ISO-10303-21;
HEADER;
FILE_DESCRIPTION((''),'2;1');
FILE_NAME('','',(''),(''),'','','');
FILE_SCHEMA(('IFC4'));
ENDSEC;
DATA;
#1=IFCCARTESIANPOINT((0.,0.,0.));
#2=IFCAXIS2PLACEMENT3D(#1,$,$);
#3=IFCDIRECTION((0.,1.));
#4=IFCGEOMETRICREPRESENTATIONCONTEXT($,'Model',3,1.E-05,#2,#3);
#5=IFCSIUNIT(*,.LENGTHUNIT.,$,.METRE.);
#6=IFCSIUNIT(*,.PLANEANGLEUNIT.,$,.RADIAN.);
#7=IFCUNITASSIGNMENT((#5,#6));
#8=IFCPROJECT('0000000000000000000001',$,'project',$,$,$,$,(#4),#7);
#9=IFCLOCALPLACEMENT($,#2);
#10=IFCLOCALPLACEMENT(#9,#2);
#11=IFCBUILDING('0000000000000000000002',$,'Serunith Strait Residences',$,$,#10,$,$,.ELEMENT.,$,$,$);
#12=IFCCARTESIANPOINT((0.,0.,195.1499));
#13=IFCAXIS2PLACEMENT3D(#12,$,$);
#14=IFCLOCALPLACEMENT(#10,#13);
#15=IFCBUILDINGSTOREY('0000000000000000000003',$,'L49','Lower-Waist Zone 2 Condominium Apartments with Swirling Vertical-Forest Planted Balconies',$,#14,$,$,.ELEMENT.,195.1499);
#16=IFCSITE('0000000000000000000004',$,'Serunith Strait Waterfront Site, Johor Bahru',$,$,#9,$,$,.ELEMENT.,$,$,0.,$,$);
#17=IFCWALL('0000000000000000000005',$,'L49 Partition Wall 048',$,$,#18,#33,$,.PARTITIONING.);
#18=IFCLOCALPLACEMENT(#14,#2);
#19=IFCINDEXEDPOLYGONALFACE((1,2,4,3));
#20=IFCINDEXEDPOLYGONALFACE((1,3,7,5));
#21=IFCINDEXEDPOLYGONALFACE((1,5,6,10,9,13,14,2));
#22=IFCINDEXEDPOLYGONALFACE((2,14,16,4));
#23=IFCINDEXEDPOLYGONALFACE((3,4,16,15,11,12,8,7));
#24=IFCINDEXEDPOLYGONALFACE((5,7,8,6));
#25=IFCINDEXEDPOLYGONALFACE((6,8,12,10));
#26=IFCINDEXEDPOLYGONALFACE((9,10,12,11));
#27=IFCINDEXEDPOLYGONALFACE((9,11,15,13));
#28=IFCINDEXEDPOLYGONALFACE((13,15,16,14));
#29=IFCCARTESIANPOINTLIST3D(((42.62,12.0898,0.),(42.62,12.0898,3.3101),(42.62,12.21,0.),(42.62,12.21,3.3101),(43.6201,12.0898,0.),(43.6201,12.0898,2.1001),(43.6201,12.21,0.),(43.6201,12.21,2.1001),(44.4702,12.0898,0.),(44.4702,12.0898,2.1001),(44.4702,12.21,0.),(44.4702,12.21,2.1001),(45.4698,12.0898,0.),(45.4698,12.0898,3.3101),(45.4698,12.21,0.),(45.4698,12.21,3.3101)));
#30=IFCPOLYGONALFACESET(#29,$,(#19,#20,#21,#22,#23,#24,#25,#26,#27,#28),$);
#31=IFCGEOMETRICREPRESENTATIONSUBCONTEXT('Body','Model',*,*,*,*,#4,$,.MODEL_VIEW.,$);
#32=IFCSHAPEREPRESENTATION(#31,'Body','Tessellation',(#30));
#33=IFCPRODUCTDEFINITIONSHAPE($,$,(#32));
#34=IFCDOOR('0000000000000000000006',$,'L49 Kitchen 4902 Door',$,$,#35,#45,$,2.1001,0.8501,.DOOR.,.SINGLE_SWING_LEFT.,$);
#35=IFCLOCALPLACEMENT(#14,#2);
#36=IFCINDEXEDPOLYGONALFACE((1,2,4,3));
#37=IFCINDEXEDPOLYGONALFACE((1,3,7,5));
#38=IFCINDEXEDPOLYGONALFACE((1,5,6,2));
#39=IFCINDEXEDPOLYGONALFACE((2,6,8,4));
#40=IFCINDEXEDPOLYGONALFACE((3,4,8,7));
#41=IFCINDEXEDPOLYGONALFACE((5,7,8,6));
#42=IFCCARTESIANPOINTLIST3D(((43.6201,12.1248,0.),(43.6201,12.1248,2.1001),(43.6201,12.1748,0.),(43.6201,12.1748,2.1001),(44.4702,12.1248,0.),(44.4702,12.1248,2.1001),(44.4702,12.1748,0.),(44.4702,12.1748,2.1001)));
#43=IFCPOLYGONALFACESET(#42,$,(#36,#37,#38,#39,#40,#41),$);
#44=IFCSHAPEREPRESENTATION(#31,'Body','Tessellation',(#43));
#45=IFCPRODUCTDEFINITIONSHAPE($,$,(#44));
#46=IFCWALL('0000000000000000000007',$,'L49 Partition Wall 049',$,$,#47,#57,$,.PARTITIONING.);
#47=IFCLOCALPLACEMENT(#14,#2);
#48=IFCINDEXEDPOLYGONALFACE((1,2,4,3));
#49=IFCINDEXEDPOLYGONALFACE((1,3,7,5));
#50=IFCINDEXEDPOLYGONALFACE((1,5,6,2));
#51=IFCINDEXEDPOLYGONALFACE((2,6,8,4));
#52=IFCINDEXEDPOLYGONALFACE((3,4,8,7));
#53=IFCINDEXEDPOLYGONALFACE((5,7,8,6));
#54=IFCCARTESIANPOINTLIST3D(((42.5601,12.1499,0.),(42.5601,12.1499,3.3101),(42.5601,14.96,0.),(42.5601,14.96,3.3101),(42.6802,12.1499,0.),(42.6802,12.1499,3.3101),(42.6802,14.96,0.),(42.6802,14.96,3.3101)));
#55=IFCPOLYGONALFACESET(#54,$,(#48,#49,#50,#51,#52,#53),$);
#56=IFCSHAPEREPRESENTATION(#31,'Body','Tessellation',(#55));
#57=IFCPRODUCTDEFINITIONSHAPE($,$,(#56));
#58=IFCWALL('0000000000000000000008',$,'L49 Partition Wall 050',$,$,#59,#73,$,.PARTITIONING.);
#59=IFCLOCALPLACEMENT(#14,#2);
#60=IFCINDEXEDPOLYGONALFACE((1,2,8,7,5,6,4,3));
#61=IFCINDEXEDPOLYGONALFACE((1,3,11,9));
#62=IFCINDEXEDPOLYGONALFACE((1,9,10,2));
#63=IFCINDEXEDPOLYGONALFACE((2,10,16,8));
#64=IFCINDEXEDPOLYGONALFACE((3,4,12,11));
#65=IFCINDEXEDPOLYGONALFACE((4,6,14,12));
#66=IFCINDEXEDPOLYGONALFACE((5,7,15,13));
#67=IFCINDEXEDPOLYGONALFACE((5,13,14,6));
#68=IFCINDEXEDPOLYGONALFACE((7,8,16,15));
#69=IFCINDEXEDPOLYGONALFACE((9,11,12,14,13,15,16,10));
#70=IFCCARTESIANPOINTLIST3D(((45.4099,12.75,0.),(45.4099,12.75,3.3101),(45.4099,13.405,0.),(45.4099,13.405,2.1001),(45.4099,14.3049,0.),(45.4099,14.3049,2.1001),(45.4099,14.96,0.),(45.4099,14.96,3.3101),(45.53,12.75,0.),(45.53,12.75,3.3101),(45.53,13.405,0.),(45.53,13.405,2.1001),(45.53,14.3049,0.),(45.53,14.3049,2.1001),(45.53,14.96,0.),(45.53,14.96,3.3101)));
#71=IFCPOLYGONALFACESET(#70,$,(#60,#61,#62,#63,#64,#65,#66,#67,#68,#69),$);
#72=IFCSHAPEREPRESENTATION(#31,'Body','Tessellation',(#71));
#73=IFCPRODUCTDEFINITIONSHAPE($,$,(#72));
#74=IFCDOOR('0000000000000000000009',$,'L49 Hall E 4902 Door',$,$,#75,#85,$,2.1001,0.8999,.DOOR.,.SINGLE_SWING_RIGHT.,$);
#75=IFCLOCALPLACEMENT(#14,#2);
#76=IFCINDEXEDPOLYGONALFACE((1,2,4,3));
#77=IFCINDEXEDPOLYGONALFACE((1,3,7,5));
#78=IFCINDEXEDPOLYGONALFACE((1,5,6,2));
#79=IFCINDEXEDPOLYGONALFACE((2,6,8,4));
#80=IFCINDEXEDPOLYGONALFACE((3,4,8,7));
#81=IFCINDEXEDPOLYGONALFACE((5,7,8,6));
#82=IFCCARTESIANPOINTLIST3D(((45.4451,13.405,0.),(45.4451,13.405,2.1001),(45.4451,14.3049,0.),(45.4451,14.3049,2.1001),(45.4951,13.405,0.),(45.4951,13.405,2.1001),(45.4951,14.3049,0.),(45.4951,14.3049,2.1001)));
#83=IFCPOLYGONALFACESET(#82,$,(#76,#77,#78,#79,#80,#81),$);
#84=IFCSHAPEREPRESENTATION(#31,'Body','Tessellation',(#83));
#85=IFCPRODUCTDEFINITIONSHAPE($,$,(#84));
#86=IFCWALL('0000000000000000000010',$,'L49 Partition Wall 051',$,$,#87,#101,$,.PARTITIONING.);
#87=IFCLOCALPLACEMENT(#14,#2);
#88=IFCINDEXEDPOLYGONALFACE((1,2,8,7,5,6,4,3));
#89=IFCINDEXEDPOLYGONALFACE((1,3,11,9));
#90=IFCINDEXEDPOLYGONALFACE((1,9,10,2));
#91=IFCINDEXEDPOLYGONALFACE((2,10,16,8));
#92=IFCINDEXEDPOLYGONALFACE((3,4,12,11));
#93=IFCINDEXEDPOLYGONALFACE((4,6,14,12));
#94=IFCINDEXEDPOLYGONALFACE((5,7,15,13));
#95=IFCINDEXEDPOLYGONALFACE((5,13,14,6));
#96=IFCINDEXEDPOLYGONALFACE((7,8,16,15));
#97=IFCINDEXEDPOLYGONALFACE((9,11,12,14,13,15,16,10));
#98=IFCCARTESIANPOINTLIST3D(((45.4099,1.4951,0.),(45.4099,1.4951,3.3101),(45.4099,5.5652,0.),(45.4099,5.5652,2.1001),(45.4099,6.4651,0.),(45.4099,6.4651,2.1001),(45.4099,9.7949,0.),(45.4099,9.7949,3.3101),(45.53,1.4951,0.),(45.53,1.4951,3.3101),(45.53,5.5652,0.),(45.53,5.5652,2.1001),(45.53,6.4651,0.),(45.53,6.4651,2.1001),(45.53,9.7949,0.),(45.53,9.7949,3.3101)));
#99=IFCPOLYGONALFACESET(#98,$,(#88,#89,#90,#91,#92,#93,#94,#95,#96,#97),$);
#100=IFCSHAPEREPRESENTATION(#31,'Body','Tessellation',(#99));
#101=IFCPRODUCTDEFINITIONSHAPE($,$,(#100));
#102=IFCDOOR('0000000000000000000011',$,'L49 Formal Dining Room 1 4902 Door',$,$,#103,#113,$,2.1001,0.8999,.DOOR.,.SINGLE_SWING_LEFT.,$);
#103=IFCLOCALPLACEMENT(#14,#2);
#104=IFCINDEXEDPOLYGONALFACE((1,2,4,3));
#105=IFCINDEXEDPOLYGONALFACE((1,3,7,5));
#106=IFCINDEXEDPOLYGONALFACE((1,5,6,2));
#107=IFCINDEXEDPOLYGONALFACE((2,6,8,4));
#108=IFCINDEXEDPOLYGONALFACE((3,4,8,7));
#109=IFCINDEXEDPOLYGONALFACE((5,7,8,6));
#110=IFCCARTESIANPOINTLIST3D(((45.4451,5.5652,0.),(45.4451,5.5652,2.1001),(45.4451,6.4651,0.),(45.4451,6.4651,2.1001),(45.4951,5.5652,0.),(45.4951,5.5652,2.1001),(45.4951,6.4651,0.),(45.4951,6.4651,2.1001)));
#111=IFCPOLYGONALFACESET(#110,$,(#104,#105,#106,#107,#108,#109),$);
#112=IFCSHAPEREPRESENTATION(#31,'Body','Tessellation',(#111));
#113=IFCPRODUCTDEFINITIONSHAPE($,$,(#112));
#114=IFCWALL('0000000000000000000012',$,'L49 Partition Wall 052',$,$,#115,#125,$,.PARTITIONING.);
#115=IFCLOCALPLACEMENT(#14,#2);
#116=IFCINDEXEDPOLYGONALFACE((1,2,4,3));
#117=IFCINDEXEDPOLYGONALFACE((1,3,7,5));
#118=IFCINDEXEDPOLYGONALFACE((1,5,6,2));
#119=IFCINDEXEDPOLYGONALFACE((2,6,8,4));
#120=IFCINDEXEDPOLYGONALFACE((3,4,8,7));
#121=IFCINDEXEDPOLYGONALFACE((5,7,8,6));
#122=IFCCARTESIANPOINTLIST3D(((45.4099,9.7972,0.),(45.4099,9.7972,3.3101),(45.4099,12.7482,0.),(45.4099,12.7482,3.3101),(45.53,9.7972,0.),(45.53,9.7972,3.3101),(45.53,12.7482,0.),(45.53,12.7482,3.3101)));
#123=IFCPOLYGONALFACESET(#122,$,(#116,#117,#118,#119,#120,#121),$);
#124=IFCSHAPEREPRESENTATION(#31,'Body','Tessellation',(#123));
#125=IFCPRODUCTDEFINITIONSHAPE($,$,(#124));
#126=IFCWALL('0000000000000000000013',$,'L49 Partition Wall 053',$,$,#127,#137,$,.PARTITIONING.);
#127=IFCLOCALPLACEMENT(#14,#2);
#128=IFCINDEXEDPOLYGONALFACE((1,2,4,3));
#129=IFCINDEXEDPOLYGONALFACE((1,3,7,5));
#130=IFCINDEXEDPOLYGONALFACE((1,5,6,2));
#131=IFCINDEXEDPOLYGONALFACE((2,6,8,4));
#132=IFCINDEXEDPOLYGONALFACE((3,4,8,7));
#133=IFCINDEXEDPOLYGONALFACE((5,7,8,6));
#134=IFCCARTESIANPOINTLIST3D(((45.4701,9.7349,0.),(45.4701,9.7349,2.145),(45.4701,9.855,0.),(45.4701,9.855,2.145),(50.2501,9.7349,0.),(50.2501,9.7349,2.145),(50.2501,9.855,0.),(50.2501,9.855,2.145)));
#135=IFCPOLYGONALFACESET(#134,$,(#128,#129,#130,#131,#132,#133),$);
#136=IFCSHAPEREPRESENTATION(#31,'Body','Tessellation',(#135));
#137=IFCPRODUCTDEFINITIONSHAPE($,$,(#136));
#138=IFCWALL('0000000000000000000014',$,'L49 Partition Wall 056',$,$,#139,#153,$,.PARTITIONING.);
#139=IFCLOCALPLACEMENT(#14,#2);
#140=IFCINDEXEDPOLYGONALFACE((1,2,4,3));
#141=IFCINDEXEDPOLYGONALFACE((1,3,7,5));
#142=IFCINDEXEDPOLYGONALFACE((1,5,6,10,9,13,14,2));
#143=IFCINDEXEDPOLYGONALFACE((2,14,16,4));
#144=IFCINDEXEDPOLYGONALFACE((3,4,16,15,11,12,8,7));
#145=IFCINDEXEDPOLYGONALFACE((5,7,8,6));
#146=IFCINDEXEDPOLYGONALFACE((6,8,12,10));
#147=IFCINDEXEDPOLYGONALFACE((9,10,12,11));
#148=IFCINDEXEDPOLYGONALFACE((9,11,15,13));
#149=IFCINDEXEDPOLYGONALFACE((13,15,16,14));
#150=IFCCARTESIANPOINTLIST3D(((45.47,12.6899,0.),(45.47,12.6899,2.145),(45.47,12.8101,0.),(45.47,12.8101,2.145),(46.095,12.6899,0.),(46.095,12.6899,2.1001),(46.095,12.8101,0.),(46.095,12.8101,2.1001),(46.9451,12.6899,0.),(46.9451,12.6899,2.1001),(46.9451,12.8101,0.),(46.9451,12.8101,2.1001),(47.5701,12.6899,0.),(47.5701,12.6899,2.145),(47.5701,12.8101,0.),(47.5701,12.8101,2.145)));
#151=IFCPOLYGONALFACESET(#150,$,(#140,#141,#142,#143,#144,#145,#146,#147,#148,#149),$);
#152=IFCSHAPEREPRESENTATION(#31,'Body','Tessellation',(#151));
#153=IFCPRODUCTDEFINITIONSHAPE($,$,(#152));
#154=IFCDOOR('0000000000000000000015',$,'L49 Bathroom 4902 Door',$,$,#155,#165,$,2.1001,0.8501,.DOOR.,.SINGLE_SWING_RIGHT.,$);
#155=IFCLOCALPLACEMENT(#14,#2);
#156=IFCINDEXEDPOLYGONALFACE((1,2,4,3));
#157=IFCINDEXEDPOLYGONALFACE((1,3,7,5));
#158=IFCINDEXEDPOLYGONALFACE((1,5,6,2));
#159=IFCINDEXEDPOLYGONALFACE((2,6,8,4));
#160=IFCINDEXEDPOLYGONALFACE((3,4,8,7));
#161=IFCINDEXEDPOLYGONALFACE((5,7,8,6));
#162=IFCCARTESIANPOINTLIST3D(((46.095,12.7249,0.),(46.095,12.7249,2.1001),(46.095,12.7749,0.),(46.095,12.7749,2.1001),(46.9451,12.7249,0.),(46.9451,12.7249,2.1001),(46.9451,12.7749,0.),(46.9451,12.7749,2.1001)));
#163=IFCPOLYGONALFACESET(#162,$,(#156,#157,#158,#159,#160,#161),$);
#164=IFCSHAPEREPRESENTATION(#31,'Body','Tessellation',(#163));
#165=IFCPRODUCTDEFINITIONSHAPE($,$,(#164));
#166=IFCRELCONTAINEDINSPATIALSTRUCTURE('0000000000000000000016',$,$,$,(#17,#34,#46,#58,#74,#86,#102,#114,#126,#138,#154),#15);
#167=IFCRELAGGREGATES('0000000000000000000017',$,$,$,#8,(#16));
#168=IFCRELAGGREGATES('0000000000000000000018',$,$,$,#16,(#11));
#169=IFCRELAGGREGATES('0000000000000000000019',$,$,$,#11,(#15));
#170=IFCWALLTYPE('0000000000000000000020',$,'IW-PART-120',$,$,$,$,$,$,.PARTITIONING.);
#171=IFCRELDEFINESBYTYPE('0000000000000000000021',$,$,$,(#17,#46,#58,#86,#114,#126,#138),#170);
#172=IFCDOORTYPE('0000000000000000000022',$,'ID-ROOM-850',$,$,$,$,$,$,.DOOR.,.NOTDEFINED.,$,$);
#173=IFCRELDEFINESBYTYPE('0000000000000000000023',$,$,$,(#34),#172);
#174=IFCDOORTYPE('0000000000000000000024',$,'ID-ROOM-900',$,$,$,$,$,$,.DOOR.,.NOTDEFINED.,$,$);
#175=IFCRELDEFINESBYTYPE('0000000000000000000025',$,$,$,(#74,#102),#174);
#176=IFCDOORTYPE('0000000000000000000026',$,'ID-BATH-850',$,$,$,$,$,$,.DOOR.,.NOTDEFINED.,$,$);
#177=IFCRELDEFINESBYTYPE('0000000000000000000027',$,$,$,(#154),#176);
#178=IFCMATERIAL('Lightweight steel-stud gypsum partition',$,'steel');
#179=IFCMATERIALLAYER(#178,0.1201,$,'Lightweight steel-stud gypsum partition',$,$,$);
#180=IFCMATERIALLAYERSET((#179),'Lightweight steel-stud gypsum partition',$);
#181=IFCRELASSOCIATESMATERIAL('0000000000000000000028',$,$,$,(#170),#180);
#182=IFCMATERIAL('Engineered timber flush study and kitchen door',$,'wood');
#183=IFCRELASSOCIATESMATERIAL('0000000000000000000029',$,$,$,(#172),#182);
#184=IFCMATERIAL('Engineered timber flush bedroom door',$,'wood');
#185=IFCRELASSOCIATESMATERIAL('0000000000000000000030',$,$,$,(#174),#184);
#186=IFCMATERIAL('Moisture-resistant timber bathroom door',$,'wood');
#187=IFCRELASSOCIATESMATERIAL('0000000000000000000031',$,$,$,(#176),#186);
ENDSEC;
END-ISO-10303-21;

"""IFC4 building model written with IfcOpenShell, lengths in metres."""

from ifc_helpers import new_model, si_unit, direction, frame, frame_2d, origin, place, context, subcontext, project, spatial, rectangle, extrude, source, transform, mapped, material, layer, layer_set, type_object, element, fill, save


model = new_model("IFC4")

# Units and contexts
model_context = context("Model", 3, precision=1e-05, world=origin(), true_north=direction((0.0, 1.0)))
body_context = subcontext(model_context, "Body", "Model", "MODEL_VIEW")
ifc_project = project(units=[si_unit("LENGTHUNIT", "METRE"), si_unit("PLANEANGLEUNIT", "RADIAN")], contexts=[model_context])

# Site, building, storey
site_placement = place(None, origin())
site = spatial("IfcSite", under=ifc_project, at=site_placement, Name="Serunith Strait Waterfront Site, Johor Bahru", CompositionType="ELEMENT", RefElevation=0.0)
building_placement = place(site_placement, origin())
building = spatial("IfcBuilding", under=site, at=building_placement, Name="Serunith Strait Residences", CompositionType="ELEMENT")
storey_placement = place(building_placement, frame((0.0, 0.0, 195.1499)))
storey = spatial("IfcBuildingStorey", under=building, at=storey_placement, Name="L49", Description="Lower-Waist Zone 2 Condominium Apartments with Swirling Vertical-Forest Planted Balconies", CompositionType="ELEMENT", Elevation=195.1499)

# Shared definitions
ifc_material_1 = material(Name="Lightweight steel-stud gypsum partition", Category="steel")
ifc_layer_1 = layer(ifc_material_1, 0.1201, Name="Lightweight steel-stud gypsum partition")
ifc_layer_set_1 = layer_set([ifc_layer_1], Name="Lightweight steel-stud gypsum partition")
wall_type_1 = type_object("IfcWallType", Name="IW-PART-120", PredefinedType="PARTITIONING", material=ifc_layer_set_1)

# Wall, opening, door
wall_1_placement = place(storey_placement, frame((42.6201, 12.1499, 0.0), z_axis=(0.0, 0.0, 1.0), x_axis=(1.0, 0.0, 0.0)))
wall_1 = element("IfcWall", 1, at=wall_1_placement, inside=storey, type_object=wall_type_1, Name="L49 Partition Wall 048", PredefinedType="PARTITIONING", context=body_context, shape_type="SweptSolid", body=[
    extrude(rectangle(XDim=2.8499, YDim=0.1201, at=frame_2d((1.4248, 0.0))), origin(), (0.0, 0.0, 1.0), 3.3101),
])
opening_1_placement = place(wall_1_placement, frame((1.0, 0.0, 0.0)))
opening_1 = element("IfcOpeningElement", 2, at=opening_1_placement, cuts=wall_1, PredefinedType="OPENING", context=body_context, shape_type="SweptSolid", body=[
    extrude(rectangle(XDim=0.8501, YDim=2.1001, at=frame_2d((0.425, 1.05))), frame((0.0, 0.0701, 0.0), z_axis=(0.0, -1.0, 0.0), x_axis=(1.0, 0.0, 0.0)), (0.0, 0.0, 1.0), 0.1401),
])
ifc_material_2 = material(Name="Engineered timber flush study and kitchen door", Category="wood")
door_type_1 = type_object("IfcDoorType", Name="ID-ROOM-850", OperationType="NOTDEFINED", PredefinedType="DOOR", material=ifc_material_2)
shared_shape_1 = source(origin(), body_context, "Body", "SweptSolid", [
    extrude(rectangle(XDim=0.8501, YDim=2.1001, at=frame_2d((0.425, 1.05))), frame((0.0, 0.0249, 0.0), z_axis=(0.0, -1.0, 0.0), x_axis=(1.0, 0.0, 0.0)), (0.0, 0.0, 1.0), 0.05),
])
door_1_placement = place(opening_1_placement, origin())
door_1 = element("IfcDoor", 3, at=door_1_placement, inside=storey, type_object=door_type_1, Name="L49 Kitchen 4902 Door", OperationType="SINGLE_SWING_LEFT", OverallHeight=2.1001, OverallWidth=0.8501, PredefinedType="DOOR", context=body_context, shape_type="MappedRepresentation", body=[
    mapped(shared_shape_1, transform((0.0, 0.0, 0.0), scale=1.0)),
])
fill(opening_1, door_1)

# Wall
wall_2_placement = place(storey_placement, frame((42.6201, 12.1499, 0.0), z_axis=(0.0, 0.0, 1.0), x_axis=(0.0, 1.0, 0.0)))
element("IfcWall", 4, at=wall_2_placement, inside=storey, type_object=wall_type_1, Name="L49 Partition Wall 049", PredefinedType="PARTITIONING", context=body_context, shape_type="SweptSolid", body=[
    extrude(rectangle(XDim=2.8101, YDim=0.1201, at=frame_2d((1.405, 0.0))), origin(), (0.0, 0.0, 1.0), 3.3101),
])

# Walls, openings, doors
wall_3_placement = place(storey_placement, frame((45.47, 12.75, 0.0), z_axis=(0.0, 0.0, 1.0), x_axis=(0.0, 1.0, 0.0)))
wall_3 = element("IfcWall", 5, at=wall_3_placement, inside=storey, type_object=wall_type_1, Name="L49 Partition Wall 050", PredefinedType="PARTITIONING", context=body_context, shape_type="SweptSolid", body=[
    extrude(rectangle(XDim=2.21, YDim=0.1201, at=frame_2d((1.105, 0.0))), origin(), (0.0, 0.0, 1.0), 3.3101),
])
opening_2_placement = place(wall_3_placement, frame((0.655, 0.0, 0.0)))
opening_2 = element("IfcOpeningElement", 6, at=opening_2_placement, cuts=wall_3, PredefinedType="OPENING", context=body_context, shape_type="SweptSolid", body=[
    extrude(rectangle(XDim=0.8999, YDim=2.1001, at=frame_2d((0.45, 1.05))), frame((0.0, 0.0701, 0.0), z_axis=(0.0, -1.0, 0.0), x_axis=(1.0, 0.0, 0.0)), (0.0, 0.0, 1.0), 0.1401),
])
ifc_material_3 = material(Name="Engineered timber flush bedroom door", Category="wood")
door_type_2 = type_object("IfcDoorType", Name="ID-ROOM-900", OperationType="NOTDEFINED", PredefinedType="DOOR", material=ifc_material_3)
shared_shape_2 = source(origin(), body_context, "Body", "SweptSolid", [
    extrude(rectangle(XDim=0.8999, YDim=2.1001, at=frame_2d((0.45, 1.05))), frame((0.0, 0.0249, 0.0), z_axis=(0.0, -1.0, 0.0), x_axis=(1.0, 0.0, 0.0)), (0.0, 0.0, 1.0), 0.05),
])
door_2_placement = place(opening_2_placement, origin())
door_2 = element("IfcDoor", 7, at=door_2_placement, inside=storey, type_object=door_type_2, Name="L49 Hall E 4902 Door", OperationType="SINGLE_SWING_RIGHT", OverallHeight=2.1001, OverallWidth=0.8999, PredefinedType="DOOR", context=body_context, shape_type="MappedRepresentation", body=[
    mapped(shared_shape_2, transform((0.0, 0.0, 0.0), scale=1.0)),
])
fill(opening_2, door_2)
wall_4_placement = place(storey_placement, frame((45.47, 1.4951, 0.0), z_axis=(0.0, 0.0, 1.0), x_axis=(0.0, 1.0, 0.0)))
wall_4 = element("IfcWall", 8, at=wall_4_placement, inside=storey, type_object=wall_type_1, Name="L49 Partition Wall 051", PredefinedType="PARTITIONING", context=body_context, shape_type="SweptSolid", body=[
    extrude(rectangle(XDim=8.2998, YDim=0.1201, at=frame_2d((4.1499, 0.0))), origin(), (0.0, 0.0, 1.0), 3.3101),
])
opening_3_placement = place(wall_4_placement, frame((4.0701, 0.0, 0.0)))
opening_3 = element("IfcOpeningElement", 9, at=opening_3_placement, cuts=wall_4, PredefinedType="OPENING", context=body_context, shape_type="SweptSolid", body=[
    extrude(rectangle(XDim=0.8999, YDim=2.1001, at=frame_2d((0.45, 1.05))), frame((0.0, 0.0701, 0.0), z_axis=(0.0, -1.0, 0.0), x_axis=(1.0, 0.0, 0.0)), (0.0, 0.0, 1.0), 0.1401),
])
door_3_placement = place(opening_3_placement, origin())
door_3 = element("IfcDoor", 10, at=door_3_placement, inside=storey, type_object=door_type_2, Name="L49 Formal Dining Room 1 4902 Door", OperationType="SINGLE_SWING_LEFT", OverallHeight=2.1001, OverallWidth=0.8999, PredefinedType="DOOR", context=body_context, shape_type="MappedRepresentation", body=[
    mapped(shared_shape_2, transform((0.0, 0.0, 0.0), scale=1.0)),
])
fill(opening_3, door_3)

# Walls
wall_5_placement = place(storey_placement, frame((45.47, 9.7971, 0.0), z_axis=(0.0, 0.0, 1.0), x_axis=(0.0, 1.0, 0.0)))
element("IfcWall", 11, at=wall_5_placement, inside=storey, type_object=wall_type_1, Name="L49 Partition Wall 052", PredefinedType="PARTITIONING", context=body_context, shape_type="SweptSolid", body=[
    extrude(rectangle(XDim=2.9509, YDim=0.1201, at=frame_2d((1.4756, 0.0))), origin(), (0.0, 0.0, 1.0), 3.3101),
])
wall_6_placement = place(storey_placement, frame((45.47, 9.7949, 0.0), z_axis=(0.0, 0.0, 1.0), x_axis=(1.0, 0.0, 0.0)))
element("IfcWall", 12, at=wall_6_placement, inside=storey, type_object=wall_type_1, Name="L49 Partition Wall 053", PredefinedType="PARTITIONING", context=body_context, shape_type="SweptSolid", body=[
    extrude(rectangle(XDim=4.78, YDim=0.1201, at=frame_2d((2.3901, 0.0))), origin(), (0.0, 0.0, 1.0), 2.145),
])

# Wall, opening, door
wall_7_placement = place(storey_placement, frame((45.47, 12.75, 0.0), z_axis=(0.0, 0.0, 1.0), x_axis=(1.0, 0.0, 0.0)))
wall_7 = element("IfcWall", 13, at=wall_7_placement, inside=storey, type_object=wall_type_1, Name="L49 Partition Wall 056", PredefinedType="PARTITIONING", context=body_context, shape_type="SweptSolid", body=[
    extrude(rectangle(XDim=2.1001, YDim=0.1201, at=frame_2d((1.05, 0.0))), origin(), (0.0, 0.0, 1.0), 2.145),
])
opening_4_placement = place(wall_7_placement, frame((0.625, 0.0, 0.0)))
opening_4 = element("IfcOpeningElement", 14, at=opening_4_placement, cuts=wall_7, PredefinedType="OPENING", context=body_context, shape_type="SweptSolid", body=[
    extrude(rectangle(XDim=0.8501, YDim=2.1001, at=frame_2d((0.425, 1.05))), frame((0.0, 0.0701, 0.0), z_axis=(0.0, -1.0, 0.0), x_axis=(1.0, 0.0, 0.0)), (0.0, 0.0, 1.0), 0.1401),
])
ifc_material_4 = material(Name="Moisture-resistant timber bathroom door", Category="wood")
door_type_3 = type_object("IfcDoorType", Name="ID-BATH-850", OperationType="NOTDEFINED", PredefinedType="DOOR", material=ifc_material_4)
door_4_placement = place(opening_4_placement, origin())
door_4 = element("IfcDoor", 15, at=door_4_placement, inside=storey, type_object=door_type_3, Name="L49 Bathroom 4902 Door", OperationType="SINGLE_SWING_RIGHT", OverallHeight=2.1001, OverallWidth=0.8501, PredefinedType="DOOR", context=body_context, shape_type="MappedRepresentation", body=[
    mapped(shared_shape_1, transform((0.0, 0.0, 0.0), scale=1.0)),
])
fill(opening_4, door_4)

save(model, "model.ifc")
